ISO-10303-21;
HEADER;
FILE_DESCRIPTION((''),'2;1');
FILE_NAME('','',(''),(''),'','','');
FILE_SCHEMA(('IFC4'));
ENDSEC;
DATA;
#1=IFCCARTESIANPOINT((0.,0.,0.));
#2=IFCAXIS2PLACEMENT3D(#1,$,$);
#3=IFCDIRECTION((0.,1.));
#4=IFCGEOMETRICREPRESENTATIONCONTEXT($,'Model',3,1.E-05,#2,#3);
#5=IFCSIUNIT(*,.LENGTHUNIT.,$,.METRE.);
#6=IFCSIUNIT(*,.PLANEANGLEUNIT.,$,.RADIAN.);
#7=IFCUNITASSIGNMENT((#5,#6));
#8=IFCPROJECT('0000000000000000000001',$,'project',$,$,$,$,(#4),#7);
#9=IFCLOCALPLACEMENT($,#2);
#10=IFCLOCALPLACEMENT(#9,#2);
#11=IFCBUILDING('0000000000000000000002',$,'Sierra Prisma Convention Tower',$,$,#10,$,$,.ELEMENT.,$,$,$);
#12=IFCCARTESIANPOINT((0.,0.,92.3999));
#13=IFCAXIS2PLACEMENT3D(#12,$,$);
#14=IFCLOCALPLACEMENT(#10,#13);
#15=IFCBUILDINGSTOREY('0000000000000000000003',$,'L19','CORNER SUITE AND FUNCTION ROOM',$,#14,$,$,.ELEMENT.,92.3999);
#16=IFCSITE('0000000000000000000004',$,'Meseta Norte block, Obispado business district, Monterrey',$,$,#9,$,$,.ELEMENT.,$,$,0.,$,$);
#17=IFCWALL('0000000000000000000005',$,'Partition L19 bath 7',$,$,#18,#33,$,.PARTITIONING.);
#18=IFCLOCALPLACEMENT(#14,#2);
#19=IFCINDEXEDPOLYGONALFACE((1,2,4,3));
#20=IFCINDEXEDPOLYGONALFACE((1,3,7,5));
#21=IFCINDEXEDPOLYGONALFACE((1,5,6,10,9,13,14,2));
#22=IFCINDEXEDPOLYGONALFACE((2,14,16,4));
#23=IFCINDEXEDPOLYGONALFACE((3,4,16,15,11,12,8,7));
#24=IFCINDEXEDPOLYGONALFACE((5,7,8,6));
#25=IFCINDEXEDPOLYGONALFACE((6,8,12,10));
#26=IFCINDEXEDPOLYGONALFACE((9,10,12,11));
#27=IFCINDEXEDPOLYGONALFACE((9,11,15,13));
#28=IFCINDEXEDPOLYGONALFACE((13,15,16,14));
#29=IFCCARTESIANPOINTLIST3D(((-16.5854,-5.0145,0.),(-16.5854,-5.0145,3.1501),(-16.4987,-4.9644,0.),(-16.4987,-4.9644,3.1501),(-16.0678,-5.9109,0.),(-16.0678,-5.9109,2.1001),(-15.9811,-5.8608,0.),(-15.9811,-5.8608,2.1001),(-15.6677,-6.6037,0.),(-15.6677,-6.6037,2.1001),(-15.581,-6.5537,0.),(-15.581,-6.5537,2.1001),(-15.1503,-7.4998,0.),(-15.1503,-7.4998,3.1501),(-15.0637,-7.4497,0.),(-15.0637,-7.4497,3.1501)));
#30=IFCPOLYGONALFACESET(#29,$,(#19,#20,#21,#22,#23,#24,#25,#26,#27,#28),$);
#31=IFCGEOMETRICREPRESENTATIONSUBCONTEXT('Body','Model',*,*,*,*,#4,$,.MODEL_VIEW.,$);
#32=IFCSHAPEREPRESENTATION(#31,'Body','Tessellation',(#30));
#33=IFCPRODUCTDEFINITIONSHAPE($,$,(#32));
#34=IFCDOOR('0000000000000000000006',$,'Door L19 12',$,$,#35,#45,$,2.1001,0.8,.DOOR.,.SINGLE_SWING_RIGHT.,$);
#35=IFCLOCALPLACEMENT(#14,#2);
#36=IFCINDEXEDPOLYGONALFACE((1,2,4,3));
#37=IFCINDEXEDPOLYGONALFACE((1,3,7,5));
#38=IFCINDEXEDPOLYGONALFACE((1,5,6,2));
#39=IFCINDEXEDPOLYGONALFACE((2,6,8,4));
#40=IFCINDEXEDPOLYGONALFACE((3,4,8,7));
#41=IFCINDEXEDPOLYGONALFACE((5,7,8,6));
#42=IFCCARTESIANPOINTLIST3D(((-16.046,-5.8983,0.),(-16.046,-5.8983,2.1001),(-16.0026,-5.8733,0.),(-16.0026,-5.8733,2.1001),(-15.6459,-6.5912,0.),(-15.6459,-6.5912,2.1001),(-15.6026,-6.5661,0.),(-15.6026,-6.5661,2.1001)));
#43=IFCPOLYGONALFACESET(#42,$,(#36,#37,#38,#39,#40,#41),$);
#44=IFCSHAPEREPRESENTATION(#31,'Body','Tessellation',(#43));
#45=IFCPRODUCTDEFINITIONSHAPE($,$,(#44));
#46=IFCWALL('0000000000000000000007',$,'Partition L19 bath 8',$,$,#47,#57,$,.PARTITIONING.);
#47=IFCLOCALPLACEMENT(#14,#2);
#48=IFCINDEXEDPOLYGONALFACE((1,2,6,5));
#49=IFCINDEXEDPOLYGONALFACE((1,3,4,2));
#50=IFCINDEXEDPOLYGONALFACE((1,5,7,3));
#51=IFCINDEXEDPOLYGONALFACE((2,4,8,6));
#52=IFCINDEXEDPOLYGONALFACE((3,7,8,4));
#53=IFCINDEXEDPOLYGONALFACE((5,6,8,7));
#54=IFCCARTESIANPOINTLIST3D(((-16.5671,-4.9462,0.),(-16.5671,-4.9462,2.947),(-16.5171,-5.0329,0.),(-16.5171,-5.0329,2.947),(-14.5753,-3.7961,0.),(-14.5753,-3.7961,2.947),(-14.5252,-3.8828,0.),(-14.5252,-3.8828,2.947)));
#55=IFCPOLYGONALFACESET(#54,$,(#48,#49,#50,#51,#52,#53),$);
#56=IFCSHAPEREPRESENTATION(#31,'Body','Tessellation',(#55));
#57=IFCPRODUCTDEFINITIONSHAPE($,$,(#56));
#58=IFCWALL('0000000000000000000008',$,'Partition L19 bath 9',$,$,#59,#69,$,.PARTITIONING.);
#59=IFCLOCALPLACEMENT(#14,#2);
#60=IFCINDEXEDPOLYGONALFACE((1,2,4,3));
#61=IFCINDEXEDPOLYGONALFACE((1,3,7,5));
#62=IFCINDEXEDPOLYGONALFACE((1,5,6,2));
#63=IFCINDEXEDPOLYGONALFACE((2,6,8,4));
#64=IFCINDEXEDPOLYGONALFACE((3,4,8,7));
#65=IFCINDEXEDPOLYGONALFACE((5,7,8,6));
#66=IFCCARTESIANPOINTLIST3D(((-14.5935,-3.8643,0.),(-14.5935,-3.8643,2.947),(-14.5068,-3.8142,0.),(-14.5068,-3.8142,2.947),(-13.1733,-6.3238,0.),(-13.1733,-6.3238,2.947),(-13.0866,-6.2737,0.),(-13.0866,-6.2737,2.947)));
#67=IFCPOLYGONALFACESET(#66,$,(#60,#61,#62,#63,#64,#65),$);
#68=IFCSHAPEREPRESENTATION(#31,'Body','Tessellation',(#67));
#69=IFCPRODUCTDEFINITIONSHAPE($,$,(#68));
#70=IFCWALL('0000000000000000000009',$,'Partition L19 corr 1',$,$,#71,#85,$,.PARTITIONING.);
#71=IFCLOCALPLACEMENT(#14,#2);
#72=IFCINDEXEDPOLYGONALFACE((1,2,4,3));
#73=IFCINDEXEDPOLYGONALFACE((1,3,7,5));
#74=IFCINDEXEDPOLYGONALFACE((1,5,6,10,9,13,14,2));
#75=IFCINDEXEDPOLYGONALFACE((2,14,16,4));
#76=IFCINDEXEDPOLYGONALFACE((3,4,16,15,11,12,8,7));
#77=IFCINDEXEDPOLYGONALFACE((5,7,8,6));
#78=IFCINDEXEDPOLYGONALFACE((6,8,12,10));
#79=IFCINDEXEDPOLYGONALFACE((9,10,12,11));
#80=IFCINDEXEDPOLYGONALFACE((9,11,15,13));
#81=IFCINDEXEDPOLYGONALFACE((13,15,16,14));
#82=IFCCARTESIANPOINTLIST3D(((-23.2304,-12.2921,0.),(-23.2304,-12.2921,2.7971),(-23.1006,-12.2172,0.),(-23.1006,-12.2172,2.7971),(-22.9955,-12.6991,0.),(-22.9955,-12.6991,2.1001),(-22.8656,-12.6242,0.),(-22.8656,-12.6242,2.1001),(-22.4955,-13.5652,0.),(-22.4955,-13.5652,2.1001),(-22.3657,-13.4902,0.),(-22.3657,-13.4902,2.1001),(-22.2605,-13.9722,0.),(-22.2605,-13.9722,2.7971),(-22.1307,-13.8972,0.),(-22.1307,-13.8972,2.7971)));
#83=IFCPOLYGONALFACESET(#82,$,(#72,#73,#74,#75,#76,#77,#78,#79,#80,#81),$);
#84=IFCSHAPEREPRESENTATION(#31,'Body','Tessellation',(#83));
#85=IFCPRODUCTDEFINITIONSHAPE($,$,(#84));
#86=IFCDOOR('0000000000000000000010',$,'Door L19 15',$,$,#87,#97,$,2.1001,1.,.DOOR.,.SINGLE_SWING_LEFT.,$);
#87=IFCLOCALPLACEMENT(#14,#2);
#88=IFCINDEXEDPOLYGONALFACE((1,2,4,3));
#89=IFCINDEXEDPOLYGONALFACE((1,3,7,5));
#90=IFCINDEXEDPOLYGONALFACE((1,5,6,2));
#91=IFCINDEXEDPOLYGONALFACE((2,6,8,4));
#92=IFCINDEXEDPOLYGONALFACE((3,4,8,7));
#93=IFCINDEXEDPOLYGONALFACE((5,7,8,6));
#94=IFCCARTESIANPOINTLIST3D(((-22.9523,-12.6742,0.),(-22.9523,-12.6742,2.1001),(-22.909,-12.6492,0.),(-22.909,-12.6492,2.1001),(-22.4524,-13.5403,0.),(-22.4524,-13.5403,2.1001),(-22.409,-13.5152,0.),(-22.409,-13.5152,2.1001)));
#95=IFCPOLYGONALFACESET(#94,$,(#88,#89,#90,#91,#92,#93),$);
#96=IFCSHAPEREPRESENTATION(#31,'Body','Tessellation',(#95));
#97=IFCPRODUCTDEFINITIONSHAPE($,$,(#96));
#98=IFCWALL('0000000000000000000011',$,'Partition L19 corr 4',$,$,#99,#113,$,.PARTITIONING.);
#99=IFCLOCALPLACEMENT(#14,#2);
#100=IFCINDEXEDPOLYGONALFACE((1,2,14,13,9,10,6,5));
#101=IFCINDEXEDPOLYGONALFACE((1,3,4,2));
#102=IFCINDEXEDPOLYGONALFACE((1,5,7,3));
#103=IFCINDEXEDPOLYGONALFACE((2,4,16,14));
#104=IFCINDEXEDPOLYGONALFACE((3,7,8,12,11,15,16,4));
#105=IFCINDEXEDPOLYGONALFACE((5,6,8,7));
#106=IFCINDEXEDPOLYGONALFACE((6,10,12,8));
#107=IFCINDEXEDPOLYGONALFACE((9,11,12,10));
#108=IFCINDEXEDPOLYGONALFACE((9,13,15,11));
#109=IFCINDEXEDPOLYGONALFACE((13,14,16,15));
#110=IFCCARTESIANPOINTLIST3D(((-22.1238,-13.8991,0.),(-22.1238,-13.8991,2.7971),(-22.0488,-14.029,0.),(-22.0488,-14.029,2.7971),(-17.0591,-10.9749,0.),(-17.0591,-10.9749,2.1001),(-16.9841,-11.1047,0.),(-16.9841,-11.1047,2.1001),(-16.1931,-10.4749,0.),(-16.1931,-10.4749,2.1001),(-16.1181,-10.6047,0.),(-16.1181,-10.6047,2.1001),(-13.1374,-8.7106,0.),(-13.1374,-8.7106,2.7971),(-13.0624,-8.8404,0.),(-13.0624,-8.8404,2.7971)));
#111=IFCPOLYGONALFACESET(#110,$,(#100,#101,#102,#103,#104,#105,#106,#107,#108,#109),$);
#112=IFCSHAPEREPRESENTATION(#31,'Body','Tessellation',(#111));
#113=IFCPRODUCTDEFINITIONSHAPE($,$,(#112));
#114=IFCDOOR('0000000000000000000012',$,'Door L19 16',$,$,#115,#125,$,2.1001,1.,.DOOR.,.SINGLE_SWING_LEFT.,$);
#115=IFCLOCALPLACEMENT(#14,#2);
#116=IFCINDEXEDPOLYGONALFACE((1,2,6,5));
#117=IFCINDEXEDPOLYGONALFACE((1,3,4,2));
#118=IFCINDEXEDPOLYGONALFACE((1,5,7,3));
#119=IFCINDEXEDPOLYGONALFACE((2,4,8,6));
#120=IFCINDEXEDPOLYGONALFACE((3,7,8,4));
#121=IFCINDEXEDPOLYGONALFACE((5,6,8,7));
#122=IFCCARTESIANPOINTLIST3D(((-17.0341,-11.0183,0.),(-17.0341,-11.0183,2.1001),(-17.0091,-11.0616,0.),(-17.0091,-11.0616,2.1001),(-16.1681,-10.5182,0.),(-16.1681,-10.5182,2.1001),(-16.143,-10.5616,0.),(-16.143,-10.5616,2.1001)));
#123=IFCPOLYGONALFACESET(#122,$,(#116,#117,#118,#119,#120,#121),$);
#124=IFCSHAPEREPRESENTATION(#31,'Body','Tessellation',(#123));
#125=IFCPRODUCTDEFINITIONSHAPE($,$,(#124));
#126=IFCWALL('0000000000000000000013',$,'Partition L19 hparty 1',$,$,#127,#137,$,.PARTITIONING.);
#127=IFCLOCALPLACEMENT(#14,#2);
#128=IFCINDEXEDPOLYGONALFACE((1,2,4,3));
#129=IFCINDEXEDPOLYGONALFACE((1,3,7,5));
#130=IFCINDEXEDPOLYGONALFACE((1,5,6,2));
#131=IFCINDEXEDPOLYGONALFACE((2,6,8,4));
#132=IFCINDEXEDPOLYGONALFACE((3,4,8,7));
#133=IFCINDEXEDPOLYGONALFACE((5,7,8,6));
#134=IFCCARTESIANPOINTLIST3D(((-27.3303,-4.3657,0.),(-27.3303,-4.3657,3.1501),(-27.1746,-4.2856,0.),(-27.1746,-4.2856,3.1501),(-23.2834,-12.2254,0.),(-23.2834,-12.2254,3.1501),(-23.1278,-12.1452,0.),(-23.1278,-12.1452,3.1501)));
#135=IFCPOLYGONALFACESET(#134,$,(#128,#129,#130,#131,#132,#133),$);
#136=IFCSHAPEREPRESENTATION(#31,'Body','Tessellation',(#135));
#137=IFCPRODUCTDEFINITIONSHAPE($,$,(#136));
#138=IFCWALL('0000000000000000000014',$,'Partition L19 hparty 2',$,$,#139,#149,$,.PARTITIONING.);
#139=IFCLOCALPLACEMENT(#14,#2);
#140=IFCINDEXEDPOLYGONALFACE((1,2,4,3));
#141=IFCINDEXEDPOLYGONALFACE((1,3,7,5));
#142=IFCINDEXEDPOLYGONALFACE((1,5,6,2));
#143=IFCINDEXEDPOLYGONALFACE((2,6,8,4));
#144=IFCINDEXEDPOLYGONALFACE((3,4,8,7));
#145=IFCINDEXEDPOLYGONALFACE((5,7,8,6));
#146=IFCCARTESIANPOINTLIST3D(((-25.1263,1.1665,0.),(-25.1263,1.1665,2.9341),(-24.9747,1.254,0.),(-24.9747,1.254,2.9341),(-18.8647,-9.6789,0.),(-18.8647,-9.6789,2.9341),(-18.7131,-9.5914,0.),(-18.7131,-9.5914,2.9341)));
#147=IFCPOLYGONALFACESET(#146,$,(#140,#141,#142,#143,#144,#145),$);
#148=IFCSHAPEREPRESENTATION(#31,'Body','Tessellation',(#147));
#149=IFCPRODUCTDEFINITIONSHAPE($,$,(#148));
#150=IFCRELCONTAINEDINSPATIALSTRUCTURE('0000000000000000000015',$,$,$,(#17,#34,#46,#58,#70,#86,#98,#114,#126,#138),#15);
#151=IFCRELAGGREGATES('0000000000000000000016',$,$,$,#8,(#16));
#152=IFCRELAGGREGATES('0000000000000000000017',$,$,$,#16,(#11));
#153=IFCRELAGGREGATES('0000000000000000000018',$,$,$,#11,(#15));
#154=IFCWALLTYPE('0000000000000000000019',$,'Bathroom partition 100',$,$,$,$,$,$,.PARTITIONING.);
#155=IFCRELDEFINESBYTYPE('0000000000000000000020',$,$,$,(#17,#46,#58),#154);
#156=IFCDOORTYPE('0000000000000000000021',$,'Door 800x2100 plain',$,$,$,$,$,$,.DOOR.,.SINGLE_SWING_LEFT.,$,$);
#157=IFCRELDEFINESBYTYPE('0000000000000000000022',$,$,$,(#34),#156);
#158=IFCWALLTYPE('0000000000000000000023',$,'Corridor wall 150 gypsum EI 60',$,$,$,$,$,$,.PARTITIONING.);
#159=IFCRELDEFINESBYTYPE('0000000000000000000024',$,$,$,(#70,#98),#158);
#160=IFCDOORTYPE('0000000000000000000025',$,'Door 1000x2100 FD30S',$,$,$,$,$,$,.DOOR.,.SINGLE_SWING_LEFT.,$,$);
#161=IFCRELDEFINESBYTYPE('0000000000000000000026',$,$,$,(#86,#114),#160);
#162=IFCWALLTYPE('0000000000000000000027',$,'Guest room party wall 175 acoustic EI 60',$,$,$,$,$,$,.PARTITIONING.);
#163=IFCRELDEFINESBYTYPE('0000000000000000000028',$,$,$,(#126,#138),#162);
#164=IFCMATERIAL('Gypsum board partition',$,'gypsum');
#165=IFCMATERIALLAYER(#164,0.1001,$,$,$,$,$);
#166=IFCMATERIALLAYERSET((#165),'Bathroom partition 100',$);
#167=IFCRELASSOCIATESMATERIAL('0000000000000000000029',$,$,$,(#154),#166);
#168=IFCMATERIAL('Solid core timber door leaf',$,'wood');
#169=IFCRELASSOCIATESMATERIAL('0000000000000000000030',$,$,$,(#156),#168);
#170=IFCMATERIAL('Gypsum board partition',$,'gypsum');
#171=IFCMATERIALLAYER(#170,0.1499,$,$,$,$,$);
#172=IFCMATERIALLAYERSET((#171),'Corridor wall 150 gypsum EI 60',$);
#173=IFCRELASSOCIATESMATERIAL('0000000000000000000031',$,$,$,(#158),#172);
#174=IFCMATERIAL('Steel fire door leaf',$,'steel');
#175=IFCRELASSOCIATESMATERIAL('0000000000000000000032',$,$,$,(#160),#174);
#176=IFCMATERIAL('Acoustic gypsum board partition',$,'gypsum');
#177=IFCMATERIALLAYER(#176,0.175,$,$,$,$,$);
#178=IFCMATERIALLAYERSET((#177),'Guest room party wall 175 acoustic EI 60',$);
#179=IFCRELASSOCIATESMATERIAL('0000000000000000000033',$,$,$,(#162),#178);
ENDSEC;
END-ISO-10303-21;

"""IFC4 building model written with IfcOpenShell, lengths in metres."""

from ifc_helpers import new_model, si_unit, direction, frame, frame_2d, origin, place, context, subcontext, project, spatial, rectangle, extrude, material, layer, layer_set, type_object, element, fill, save


model = new_model("IFC4")

# Units and contexts
model_context = context("Model", 3, precision=1e-05, world=origin(), true_north=direction((0.0, 1.0)))
body_context = subcontext(model_context, "Body", "Model", "MODEL_VIEW")
ifc_project = project(units=[si_unit("LENGTHUNIT", "METRE"), si_unit("PLANEANGLEUNIT", "RADIAN")], contexts=[model_context])

# Site, building, storey
site_placement = place(None, origin())
site = spatial("IfcSite", under=ifc_project, at=site_placement, Name="Meseta Norte block, Obispado business district, Monterrey", CompositionType="ELEMENT", RefElevation=0.0)
building_placement = place(site_placement, origin())
building = spatial("IfcBuilding", under=site, at=building_placement, Name="Sierra Prisma Convention Tower", CompositionType="ELEMENT")
storey_placement = place(building_placement, frame((0.0, 0.0, 92.3999)))
storey = spatial("IfcBuildingStorey", under=building, at=storey_placement, Name="L19", Description="CORNER SUITE AND FUNCTION ROOM", CompositionType="ELEMENT", Elevation=92.3999)

# Shared definitions
ifc_material_1 = material(Name="Gypsum board partition", Category="gypsum")
ifc_layer_1 = layer(ifc_material_1, 0.1001)
ifc_layer_set_1 = layer_set([ifc_layer_1], Name="Bathroom partition 100")
wall_type_1 = type_object("IfcWallType", Name="Bathroom partition 100", PredefinedType="PARTITIONING", material=ifc_layer_set_1)
ifc_material_2 = material(Name="Solid core timber door leaf", Category="wood")
door_type_1 = type_object("IfcDoorType", Name="Door 800x2100 plain", OperationType="SINGLE_SWING_LEFT", PredefinedType="DOOR", material=ifc_material_2)

# Wall, opening, door
wall_1_placement = place(storey_placement, frame((-15.1069, -7.4749, 0.0), z_axis=(0.0, 0.0, 1.0), x_axis=(-0.500037, 0.866004, 0.0)))
wall_1 = element("IfcWall", 1, at=wall_1_placement, inside=storey, type_object=wall_type_1, Name="Partition L19 bath 7", PredefinedType="PARTITIONING", context=body_context, shape_type="SweptSolid", body=[
    extrude(rectangle(XDim=2.8699, YDim=0.1001, at=frame_2d((1.4351, 0.0))), origin(), (0.0, 0.0, 1.0), 3.1501),
])
opening_1_placement = place(wall_1_placement, frame((1.0349, 0.0, 0.0)))
opening_1 = element("IfcOpeningElement", 2, at=opening_1_placement, cuts=wall_1, PredefinedType="OPENING", context=body_context, shape_type="SweptSolid", body=[
    extrude(rectangle(XDim=0.8, YDim=2.1001, at=frame_2d((0.3999, 1.05))), frame((0.0, 0.05, 0.0), z_axis=(0.0, -1.0, 0.0), x_axis=(1.0, 0.0, 0.0)), (0.0, 0.0, 1.0), 0.1001),
])
door_1_placement = place(opening_1_placement, origin())
door_1 = element("IfcDoor", 3, at=door_1_placement, inside=storey, type_object=door_type_1, Name="Door L19 12", OperationType="SINGLE_SWING_RIGHT", OverallHeight=2.1001, OverallWidth=0.8, PredefinedType="DOOR", context=body_context, shape_type="SweptSolid", body=[
    extrude(rectangle(XDim=0.8, YDim=2.1001, at=frame_2d((0.3999, 1.05))), frame((0.0, 0.0249, 0.0), z_axis=(0.0, -1.0, 0.0), x_axis=(1.0, 0.0, 0.0)), (0.0, 0.0, 1.0), 0.05),
])
fill(opening_1, door_1)

# Walls
wall_2_placement = place(storey_placement, frame((-16.542, -4.9895, 0.0), z_axis=(0.0, 0.0, 1.0), x_axis=(0.866007, 0.500032, 0.0)))
element("IfcWall", 4, at=wall_2_placement, inside=storey, type_object=wall_type_1, Name="Partition L19 bath 8", PredefinedType="PARTITIONING", context=body_context, shape_type="SweptSolid", body=[
    extrude(rectangle(XDim=2.3, YDim=0.1001, at=frame_2d((1.1499, 0.0))), origin(), (0.0, 0.0, 1.0), 2.947),
])
wall_3_placement = place(storey_placement, frame((-14.55, -3.8394, 0.0), z_axis=(0.0, 0.0, 1.0), x_axis=(0.50005, -0.865997, 0.0)))
element("IfcWall", 5, at=wall_3_placement, inside=storey, type_object=wall_type_1, Name="Partition L19 bath 9", PredefinedType="PARTITIONING", context=body_context, shape_type="SweptSolid", body=[
    extrude(rectangle(XDim=2.8401, YDim=0.1001, at=frame_2d((1.4199, 0.0))), origin(), (0.0, 0.0, 1.0), 2.947),
])

# Walls, openings, doors
ifc_material_3 = material(Name="Gypsum board partition", Category="gypsum")
ifc_layer_2 = layer(ifc_material_3, 0.1499)
ifc_layer_set_2 = layer_set([ifc_layer_2], Name="Corridor wall 150 gypsum EI 60")
wall_type_2 = type_object("IfcWallType", Name="Corridor wall 150 gypsum EI 60", PredefinedType="PARTITIONING", material=ifc_layer_set_2)
wall_4_placement = place(storey_placement, frame((-23.1655, -12.2546, 0.0), z_axis=(0.0, 0.0, 1.0), x_axis=(0.499969, -0.866043, 0.0)))
wall_4 = element("IfcWall", 6, at=wall_4_placement, inside=storey, type_object=wall_type_2, Name="Partition L19 corr 1", PredefinedType="PARTITIONING", context=body_context, shape_type="SweptSolid", body=[
    extrude(rectangle(XDim=1.9399, YDim=0.1499, at=frame_2d((0.97, 0.0))), origin(), (0.0, 0.0, 1.0), 2.7971),
])
opening_2_placement = place(wall_4_placement, frame((0.47, 0.0, 0.0)))
opening_2 = element("IfcOpeningElement", 7, at=opening_2_placement, cuts=wall_4, PredefinedType="OPENING", context=body_context, shape_type="SweptSolid", body=[
    extrude(rectangle(XDim=1.0, YDim=2.1001, at=frame_2d((0.5, 1.05))), frame((0.0, 0.075, 0.0), z_axis=(0.0, -1.0, 0.0), x_axis=(1.0, 0.0, 0.0)), (0.0, 0.0, 1.0), 0.1499),
])
ifc_material_4 = material(Name="Steel fire door leaf", Category="steel")
door_type_2 = type_object("IfcDoorType", Name="Door 1000x2100 FD30S", OperationType="SINGLE_SWING_LEFT", PredefinedType="DOOR", material=ifc_material_4)
door_2_placement = place(opening_2_placement, origin())
door_2 = element("IfcDoor", 8, at=door_2_placement, inside=storey, type_object=door_type_2, Name="Door L19 15", OperationType="SINGLE_SWING_LEFT", OverallHeight=2.1001, OverallWidth=1.0, PredefinedType="DOOR", context=body_context, shape_type="SweptSolid", body=[
    extrude(rectangle(XDim=1.0, YDim=2.1001, at=frame_2d((0.5, 1.05))), frame((0.0, 0.0249, 0.0), z_axis=(0.0, -1.0, 0.0), x_axis=(1.0, 0.0, 0.0)), (0.0, 0.0, 1.0), 0.05),
])
fill(opening_2, door_2)
wall_5_placement = place(storey_placement, frame((-22.0864, -13.9641, 0.0), z_axis=(0.0, 0.0, 1.0), x_axis=(0.866016, 0.500016, 0.0)))
wall_5 = element("IfcWall", 9, at=wall_5_placement, inside=storey, type_object=wall_type_2, Name="Partition L19 corr 4", PredefinedType="PARTITIONING", context=body_context, shape_type="SweptSolid", body=[
    extrude(rectangle(XDim=10.3767, YDim=0.1499, at=frame_2d((5.1885, 0.0))), origin(), (0.0, 0.0, 1.0), 2.7971),
])
opening_3_placement = place(wall_5_placement, frame((5.8484, 0.0, 0.0)))
opening_3 = element("IfcOpeningElement", 10, at=opening_3_placement, cuts=wall_5, PredefinedType="OPENING", context=body_context, shape_type="SweptSolid", body=[
    extrude(rectangle(XDim=1.0, YDim=2.1001, at=frame_2d((0.5, 1.05))), frame((0.0, 0.075, 0.0), z_axis=(0.0, -1.0, 0.0), x_axis=(1.0, 0.0, 0.0)), (0.0, 0.0, 1.0), 0.1499),
])
door_3_placement = place(opening_3_placement, origin())
door_3 = element("IfcDoor", 11, at=door_3_placement, inside=storey, type_object=door_type_2, Name="Door L19 16", OperationType="SINGLE_SWING_LEFT", OverallHeight=2.1001, OverallWidth=1.0, PredefinedType="DOOR", context=body_context, shape_type="SweptSolid", body=[
    extrude(rectangle(XDim=1.0, YDim=2.1001, at=frame_2d((0.5, 1.05))), frame((0.0, 0.0249, 0.0), z_axis=(0.0, -1.0, 0.0), x_axis=(1.0, 0.0, 0.0)), (0.0, 0.0, 1.0), 0.05),
])
fill(opening_3, door_3)

# Walls
ifc_material_5 = material(Name="Acoustic gypsum board partition", Category="gypsum")
ifc_layer_3 = layer(ifc_material_5, 0.175)
ifc_layer_set_3 = layer_set([ifc_layer_3], Name="Guest room party wall 175 acoustic EI 60")
wall_type_3 = type_object("IfcWallType", Name="Guest room party wall 175 acoustic EI 60", PredefinedType="PARTITIONING", material=ifc_layer_set_3)
wall_6_placement = place(storey_placement, frame((-23.2056, -12.1853, 0.0), z_axis=(0.0, 0.0, 1.0), x_axis=(-0.457776, 0.889068, 0.0)))
element("IfcWall", 12, at=wall_6_placement, inside=storey, type_object=wall_type_3, Name="Partition L19 hparty 1", PredefinedType="PARTITIONING", context=body_context, shape_type="SweptSolid", body=[
    extrude(rectangle(XDim=8.8403, YDim=0.175, at=frame_2d((4.4202, 0.0))), origin(), (0.0, 0.0, 1.0), 3.1501),
])
wall_7_placement = place(storey_placement, frame((-18.7888, -9.6353, 0.0), z_axis=(0.0, 0.0, 1.0), x_axis=(-0.500005, 0.866022, 0.0)))
element("IfcWall", 13, at=wall_7_placement, inside=storey, type_object=wall_type_3, Name="Partition L19 hparty 2", PredefinedType="PARTITIONING", context=body_context, shape_type="SweptSolid", body=[
    extrude(rectangle(XDim=12.5232, YDim=0.175, at=frame_2d((6.2617, 0.0))), origin(), (0.0, 0.0, 1.0), 2.9341),
])

save(model, "model.ifc")
